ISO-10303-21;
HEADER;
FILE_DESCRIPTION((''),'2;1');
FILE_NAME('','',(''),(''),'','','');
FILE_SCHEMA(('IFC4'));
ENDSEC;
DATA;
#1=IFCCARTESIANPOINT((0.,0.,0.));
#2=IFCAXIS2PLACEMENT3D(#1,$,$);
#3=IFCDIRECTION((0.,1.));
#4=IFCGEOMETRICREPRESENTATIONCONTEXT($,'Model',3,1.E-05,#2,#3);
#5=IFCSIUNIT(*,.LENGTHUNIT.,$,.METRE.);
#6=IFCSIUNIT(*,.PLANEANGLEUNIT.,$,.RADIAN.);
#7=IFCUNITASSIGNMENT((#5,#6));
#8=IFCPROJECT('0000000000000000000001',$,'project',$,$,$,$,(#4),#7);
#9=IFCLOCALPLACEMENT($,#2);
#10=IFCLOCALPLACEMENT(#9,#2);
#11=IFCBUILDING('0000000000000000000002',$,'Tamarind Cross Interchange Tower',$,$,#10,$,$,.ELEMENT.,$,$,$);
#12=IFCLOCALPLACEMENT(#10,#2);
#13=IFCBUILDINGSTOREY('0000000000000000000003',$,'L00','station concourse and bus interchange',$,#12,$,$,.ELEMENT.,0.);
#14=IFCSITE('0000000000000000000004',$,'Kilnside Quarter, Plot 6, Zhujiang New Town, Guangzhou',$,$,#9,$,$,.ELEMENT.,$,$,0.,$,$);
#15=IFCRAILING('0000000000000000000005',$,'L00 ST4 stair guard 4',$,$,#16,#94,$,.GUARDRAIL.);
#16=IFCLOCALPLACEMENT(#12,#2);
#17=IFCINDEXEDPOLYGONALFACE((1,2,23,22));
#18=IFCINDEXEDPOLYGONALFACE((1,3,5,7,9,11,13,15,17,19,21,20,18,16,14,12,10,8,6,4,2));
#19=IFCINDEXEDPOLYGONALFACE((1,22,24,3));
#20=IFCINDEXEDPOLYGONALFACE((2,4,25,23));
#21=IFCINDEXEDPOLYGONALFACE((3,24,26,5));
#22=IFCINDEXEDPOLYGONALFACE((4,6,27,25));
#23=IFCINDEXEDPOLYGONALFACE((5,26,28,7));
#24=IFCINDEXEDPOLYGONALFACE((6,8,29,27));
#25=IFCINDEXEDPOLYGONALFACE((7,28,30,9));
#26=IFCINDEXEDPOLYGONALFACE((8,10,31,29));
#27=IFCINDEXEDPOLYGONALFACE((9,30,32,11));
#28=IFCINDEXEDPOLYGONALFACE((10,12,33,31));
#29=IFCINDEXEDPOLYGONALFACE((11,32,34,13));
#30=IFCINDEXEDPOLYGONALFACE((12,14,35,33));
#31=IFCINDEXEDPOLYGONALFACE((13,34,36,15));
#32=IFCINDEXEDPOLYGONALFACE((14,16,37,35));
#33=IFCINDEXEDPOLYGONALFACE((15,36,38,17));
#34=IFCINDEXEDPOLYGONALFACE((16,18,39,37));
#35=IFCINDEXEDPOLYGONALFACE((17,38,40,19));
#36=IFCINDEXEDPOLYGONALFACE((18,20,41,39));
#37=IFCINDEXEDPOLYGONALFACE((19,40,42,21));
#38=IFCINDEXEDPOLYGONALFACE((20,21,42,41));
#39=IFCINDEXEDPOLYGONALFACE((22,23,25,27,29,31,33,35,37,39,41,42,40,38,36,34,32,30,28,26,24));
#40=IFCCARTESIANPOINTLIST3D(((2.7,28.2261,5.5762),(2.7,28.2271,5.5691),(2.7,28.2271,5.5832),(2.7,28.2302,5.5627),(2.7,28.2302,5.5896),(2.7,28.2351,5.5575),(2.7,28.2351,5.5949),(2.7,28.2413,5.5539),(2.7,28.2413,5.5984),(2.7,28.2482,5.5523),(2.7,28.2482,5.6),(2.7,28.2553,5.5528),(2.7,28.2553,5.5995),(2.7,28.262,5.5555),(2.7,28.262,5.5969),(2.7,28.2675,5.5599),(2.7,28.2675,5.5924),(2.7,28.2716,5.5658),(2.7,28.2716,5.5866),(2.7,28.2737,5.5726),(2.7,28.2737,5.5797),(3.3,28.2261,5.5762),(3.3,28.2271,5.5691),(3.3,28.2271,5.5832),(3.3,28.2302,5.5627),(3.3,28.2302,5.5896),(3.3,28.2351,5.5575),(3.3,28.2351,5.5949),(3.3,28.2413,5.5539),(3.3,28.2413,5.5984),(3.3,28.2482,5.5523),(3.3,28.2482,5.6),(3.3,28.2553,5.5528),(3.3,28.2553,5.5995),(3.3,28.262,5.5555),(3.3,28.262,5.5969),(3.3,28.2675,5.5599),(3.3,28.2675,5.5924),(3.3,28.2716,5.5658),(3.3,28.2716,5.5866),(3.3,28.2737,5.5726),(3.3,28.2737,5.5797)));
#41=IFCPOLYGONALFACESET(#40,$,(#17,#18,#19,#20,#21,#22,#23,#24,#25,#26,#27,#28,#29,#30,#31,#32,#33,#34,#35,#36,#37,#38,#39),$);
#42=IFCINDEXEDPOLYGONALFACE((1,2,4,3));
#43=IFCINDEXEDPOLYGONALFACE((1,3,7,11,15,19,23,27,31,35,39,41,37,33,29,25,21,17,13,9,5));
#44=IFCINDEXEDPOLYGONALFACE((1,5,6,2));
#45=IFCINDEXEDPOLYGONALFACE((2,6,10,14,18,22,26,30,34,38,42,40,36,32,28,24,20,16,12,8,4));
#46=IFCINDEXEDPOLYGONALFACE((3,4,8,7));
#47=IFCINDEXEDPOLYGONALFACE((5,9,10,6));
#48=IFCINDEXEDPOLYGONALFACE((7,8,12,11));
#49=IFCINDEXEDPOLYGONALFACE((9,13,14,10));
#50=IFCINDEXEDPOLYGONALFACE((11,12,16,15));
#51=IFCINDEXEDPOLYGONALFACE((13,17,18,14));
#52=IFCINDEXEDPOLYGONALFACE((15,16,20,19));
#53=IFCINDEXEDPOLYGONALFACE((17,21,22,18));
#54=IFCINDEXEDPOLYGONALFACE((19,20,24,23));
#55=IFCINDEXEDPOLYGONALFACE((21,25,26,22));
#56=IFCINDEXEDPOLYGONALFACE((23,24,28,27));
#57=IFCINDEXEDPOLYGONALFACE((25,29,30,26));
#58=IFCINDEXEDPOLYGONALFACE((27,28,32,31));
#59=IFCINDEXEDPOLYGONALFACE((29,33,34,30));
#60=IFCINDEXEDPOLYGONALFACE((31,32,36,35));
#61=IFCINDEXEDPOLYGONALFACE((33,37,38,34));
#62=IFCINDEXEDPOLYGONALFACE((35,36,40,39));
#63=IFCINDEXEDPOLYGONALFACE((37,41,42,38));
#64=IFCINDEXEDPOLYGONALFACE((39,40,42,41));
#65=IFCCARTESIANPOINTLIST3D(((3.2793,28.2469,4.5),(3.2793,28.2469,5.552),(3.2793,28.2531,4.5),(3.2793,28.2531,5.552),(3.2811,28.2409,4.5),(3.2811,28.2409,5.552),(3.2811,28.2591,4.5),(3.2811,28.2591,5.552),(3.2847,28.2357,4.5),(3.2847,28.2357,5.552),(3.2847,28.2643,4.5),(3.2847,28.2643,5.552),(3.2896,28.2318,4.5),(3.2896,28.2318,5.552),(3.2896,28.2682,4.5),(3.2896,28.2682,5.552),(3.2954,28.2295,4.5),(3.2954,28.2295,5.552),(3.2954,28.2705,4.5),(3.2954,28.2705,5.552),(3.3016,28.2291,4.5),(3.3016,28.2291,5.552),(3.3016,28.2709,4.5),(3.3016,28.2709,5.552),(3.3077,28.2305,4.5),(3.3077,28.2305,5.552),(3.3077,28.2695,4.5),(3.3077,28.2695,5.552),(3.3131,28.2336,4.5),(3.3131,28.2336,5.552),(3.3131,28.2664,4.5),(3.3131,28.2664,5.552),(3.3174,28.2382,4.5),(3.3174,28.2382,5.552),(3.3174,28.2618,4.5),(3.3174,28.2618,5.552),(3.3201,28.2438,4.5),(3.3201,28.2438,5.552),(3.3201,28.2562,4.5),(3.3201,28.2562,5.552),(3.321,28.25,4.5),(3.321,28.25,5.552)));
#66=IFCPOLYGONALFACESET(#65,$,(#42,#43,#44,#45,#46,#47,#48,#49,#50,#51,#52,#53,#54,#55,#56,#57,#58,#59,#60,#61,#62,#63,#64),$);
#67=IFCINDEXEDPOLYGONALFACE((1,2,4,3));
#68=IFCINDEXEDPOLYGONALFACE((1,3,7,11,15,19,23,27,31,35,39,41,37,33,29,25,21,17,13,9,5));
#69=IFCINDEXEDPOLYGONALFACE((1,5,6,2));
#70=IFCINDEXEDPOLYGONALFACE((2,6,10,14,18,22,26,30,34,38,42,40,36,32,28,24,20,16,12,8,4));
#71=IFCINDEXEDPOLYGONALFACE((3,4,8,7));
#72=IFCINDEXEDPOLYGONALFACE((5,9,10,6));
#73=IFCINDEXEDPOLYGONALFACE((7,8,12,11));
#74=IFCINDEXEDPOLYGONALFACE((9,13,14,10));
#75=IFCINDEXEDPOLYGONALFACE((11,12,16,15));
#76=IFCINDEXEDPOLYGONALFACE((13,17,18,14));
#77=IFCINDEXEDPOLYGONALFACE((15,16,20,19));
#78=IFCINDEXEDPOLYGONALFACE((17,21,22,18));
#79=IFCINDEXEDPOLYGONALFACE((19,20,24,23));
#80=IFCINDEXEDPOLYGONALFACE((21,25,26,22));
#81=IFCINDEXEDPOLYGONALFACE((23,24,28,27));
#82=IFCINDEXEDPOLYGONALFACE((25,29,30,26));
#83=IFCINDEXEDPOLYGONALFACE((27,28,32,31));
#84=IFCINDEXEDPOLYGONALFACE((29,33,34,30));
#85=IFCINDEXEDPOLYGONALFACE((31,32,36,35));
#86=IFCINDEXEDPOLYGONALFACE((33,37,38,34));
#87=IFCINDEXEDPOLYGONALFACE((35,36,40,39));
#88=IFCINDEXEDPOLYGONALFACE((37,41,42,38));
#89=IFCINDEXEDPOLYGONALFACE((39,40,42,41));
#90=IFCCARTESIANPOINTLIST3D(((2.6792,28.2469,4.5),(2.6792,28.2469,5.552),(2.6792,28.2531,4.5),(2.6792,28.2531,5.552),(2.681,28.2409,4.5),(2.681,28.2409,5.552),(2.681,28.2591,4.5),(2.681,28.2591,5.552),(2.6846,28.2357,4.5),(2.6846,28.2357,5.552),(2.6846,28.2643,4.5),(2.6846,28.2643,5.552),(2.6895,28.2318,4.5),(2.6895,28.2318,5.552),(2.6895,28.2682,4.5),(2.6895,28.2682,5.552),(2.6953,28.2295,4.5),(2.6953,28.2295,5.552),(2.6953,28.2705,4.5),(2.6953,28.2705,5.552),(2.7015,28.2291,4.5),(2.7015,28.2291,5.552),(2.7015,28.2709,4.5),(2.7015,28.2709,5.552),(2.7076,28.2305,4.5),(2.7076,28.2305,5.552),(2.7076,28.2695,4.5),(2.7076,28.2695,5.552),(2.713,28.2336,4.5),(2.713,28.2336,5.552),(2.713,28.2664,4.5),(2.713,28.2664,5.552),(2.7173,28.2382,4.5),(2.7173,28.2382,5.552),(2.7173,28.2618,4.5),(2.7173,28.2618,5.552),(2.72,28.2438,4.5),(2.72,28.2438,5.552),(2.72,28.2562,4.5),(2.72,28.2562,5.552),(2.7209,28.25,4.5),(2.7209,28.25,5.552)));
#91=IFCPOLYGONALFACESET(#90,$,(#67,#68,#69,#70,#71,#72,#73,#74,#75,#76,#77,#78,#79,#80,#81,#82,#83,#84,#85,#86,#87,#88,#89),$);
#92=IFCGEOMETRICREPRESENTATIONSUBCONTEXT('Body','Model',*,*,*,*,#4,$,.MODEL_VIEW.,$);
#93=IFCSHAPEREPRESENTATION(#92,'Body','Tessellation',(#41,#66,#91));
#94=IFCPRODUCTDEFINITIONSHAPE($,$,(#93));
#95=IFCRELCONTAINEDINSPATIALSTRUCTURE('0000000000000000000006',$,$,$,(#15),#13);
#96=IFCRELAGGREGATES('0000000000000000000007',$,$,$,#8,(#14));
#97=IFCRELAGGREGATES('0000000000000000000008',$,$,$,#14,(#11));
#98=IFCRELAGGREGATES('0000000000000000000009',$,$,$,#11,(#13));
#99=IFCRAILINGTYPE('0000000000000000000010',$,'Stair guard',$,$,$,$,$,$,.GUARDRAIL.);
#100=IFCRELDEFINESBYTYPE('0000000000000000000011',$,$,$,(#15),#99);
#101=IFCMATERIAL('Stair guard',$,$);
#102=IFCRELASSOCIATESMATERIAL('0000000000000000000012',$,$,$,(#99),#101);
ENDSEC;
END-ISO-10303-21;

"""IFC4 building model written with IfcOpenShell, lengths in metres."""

from ifc_helpers import new_model, si_unit, direction, frame, origin, origin_2d, place, context, subcontext, project, spatial, circle, extrude, material, type_object, element, save


model = new_model("IFC4")

# Units and contexts
model_context = context("Model", 3, precision=1e-05, world=origin(), true_north=direction((0.0, 1.0)))
body_context = subcontext(model_context, "Body", "Model", "MODEL_VIEW")
ifc_project = project(units=[si_unit("LENGTHUNIT", "METRE"), si_unit("PLANEANGLEUNIT", "RADIAN")], contexts=[model_context])

# Site, building, storey
site_placement = place(None, origin())
site = spatial("IfcSite", under=ifc_project, at=site_placement, Name="Kilnside Quarter, Plot 6, Zhujiang New Town, Guangzhou", CompositionType="ELEMENT", RefElevation=0.0)
building_placement = place(site_placement, origin())
building = spatial("IfcBuilding", under=site, at=building_placement, Name="Tamarind Cross Interchange Tower", CompositionType="ELEMENT")
storey_placement = place(building_placement, origin())
storey = spatial("IfcBuildingStorey", under=building, at=storey_placement, Name="L00", Description="station concourse and bus interchange", CompositionType="ELEMENT", Elevation=0.0)

# Railing
ifc_material_1 = material(Name="Stair guard")
railing_type_1 = type_object("IfcRailingType", Name="Stair guard", PredefinedType="GUARDRAIL", material=ifc_material_1)
railing_1_placement = place(storey_placement, frame((3.3, 28.25, 4.5)))
element("IfcRailing", 1, at=railing_1_placement, inside=storey, type_object=railing_type_1, Name="L00 ST4 stair guard 4", PredefinedType="GUARDRAIL", context=body_context, shape_type="SweptSolid", body=[
    extrude(circle(Radius=0.0239, at=origin_2d()), frame((0.0, 0.0, 1.0762), z_axis=(-1.0, 0.0, 0.0), x_axis=(0.0, -1.0, 0.0)), (0.0, 0.0, 1.0), 0.6001),
    extrude(circle(Radius=0.021, at=origin_2d()), origin(), (0.0, 0.0, 1.0), 1.052),
    extrude(circle(Radius=0.021, at=origin_2d()), frame((-0.6001, 0.0, 0.0)), (0.0, 0.0, 1.0), 1.052),
])

save(model, "model.ifc")
